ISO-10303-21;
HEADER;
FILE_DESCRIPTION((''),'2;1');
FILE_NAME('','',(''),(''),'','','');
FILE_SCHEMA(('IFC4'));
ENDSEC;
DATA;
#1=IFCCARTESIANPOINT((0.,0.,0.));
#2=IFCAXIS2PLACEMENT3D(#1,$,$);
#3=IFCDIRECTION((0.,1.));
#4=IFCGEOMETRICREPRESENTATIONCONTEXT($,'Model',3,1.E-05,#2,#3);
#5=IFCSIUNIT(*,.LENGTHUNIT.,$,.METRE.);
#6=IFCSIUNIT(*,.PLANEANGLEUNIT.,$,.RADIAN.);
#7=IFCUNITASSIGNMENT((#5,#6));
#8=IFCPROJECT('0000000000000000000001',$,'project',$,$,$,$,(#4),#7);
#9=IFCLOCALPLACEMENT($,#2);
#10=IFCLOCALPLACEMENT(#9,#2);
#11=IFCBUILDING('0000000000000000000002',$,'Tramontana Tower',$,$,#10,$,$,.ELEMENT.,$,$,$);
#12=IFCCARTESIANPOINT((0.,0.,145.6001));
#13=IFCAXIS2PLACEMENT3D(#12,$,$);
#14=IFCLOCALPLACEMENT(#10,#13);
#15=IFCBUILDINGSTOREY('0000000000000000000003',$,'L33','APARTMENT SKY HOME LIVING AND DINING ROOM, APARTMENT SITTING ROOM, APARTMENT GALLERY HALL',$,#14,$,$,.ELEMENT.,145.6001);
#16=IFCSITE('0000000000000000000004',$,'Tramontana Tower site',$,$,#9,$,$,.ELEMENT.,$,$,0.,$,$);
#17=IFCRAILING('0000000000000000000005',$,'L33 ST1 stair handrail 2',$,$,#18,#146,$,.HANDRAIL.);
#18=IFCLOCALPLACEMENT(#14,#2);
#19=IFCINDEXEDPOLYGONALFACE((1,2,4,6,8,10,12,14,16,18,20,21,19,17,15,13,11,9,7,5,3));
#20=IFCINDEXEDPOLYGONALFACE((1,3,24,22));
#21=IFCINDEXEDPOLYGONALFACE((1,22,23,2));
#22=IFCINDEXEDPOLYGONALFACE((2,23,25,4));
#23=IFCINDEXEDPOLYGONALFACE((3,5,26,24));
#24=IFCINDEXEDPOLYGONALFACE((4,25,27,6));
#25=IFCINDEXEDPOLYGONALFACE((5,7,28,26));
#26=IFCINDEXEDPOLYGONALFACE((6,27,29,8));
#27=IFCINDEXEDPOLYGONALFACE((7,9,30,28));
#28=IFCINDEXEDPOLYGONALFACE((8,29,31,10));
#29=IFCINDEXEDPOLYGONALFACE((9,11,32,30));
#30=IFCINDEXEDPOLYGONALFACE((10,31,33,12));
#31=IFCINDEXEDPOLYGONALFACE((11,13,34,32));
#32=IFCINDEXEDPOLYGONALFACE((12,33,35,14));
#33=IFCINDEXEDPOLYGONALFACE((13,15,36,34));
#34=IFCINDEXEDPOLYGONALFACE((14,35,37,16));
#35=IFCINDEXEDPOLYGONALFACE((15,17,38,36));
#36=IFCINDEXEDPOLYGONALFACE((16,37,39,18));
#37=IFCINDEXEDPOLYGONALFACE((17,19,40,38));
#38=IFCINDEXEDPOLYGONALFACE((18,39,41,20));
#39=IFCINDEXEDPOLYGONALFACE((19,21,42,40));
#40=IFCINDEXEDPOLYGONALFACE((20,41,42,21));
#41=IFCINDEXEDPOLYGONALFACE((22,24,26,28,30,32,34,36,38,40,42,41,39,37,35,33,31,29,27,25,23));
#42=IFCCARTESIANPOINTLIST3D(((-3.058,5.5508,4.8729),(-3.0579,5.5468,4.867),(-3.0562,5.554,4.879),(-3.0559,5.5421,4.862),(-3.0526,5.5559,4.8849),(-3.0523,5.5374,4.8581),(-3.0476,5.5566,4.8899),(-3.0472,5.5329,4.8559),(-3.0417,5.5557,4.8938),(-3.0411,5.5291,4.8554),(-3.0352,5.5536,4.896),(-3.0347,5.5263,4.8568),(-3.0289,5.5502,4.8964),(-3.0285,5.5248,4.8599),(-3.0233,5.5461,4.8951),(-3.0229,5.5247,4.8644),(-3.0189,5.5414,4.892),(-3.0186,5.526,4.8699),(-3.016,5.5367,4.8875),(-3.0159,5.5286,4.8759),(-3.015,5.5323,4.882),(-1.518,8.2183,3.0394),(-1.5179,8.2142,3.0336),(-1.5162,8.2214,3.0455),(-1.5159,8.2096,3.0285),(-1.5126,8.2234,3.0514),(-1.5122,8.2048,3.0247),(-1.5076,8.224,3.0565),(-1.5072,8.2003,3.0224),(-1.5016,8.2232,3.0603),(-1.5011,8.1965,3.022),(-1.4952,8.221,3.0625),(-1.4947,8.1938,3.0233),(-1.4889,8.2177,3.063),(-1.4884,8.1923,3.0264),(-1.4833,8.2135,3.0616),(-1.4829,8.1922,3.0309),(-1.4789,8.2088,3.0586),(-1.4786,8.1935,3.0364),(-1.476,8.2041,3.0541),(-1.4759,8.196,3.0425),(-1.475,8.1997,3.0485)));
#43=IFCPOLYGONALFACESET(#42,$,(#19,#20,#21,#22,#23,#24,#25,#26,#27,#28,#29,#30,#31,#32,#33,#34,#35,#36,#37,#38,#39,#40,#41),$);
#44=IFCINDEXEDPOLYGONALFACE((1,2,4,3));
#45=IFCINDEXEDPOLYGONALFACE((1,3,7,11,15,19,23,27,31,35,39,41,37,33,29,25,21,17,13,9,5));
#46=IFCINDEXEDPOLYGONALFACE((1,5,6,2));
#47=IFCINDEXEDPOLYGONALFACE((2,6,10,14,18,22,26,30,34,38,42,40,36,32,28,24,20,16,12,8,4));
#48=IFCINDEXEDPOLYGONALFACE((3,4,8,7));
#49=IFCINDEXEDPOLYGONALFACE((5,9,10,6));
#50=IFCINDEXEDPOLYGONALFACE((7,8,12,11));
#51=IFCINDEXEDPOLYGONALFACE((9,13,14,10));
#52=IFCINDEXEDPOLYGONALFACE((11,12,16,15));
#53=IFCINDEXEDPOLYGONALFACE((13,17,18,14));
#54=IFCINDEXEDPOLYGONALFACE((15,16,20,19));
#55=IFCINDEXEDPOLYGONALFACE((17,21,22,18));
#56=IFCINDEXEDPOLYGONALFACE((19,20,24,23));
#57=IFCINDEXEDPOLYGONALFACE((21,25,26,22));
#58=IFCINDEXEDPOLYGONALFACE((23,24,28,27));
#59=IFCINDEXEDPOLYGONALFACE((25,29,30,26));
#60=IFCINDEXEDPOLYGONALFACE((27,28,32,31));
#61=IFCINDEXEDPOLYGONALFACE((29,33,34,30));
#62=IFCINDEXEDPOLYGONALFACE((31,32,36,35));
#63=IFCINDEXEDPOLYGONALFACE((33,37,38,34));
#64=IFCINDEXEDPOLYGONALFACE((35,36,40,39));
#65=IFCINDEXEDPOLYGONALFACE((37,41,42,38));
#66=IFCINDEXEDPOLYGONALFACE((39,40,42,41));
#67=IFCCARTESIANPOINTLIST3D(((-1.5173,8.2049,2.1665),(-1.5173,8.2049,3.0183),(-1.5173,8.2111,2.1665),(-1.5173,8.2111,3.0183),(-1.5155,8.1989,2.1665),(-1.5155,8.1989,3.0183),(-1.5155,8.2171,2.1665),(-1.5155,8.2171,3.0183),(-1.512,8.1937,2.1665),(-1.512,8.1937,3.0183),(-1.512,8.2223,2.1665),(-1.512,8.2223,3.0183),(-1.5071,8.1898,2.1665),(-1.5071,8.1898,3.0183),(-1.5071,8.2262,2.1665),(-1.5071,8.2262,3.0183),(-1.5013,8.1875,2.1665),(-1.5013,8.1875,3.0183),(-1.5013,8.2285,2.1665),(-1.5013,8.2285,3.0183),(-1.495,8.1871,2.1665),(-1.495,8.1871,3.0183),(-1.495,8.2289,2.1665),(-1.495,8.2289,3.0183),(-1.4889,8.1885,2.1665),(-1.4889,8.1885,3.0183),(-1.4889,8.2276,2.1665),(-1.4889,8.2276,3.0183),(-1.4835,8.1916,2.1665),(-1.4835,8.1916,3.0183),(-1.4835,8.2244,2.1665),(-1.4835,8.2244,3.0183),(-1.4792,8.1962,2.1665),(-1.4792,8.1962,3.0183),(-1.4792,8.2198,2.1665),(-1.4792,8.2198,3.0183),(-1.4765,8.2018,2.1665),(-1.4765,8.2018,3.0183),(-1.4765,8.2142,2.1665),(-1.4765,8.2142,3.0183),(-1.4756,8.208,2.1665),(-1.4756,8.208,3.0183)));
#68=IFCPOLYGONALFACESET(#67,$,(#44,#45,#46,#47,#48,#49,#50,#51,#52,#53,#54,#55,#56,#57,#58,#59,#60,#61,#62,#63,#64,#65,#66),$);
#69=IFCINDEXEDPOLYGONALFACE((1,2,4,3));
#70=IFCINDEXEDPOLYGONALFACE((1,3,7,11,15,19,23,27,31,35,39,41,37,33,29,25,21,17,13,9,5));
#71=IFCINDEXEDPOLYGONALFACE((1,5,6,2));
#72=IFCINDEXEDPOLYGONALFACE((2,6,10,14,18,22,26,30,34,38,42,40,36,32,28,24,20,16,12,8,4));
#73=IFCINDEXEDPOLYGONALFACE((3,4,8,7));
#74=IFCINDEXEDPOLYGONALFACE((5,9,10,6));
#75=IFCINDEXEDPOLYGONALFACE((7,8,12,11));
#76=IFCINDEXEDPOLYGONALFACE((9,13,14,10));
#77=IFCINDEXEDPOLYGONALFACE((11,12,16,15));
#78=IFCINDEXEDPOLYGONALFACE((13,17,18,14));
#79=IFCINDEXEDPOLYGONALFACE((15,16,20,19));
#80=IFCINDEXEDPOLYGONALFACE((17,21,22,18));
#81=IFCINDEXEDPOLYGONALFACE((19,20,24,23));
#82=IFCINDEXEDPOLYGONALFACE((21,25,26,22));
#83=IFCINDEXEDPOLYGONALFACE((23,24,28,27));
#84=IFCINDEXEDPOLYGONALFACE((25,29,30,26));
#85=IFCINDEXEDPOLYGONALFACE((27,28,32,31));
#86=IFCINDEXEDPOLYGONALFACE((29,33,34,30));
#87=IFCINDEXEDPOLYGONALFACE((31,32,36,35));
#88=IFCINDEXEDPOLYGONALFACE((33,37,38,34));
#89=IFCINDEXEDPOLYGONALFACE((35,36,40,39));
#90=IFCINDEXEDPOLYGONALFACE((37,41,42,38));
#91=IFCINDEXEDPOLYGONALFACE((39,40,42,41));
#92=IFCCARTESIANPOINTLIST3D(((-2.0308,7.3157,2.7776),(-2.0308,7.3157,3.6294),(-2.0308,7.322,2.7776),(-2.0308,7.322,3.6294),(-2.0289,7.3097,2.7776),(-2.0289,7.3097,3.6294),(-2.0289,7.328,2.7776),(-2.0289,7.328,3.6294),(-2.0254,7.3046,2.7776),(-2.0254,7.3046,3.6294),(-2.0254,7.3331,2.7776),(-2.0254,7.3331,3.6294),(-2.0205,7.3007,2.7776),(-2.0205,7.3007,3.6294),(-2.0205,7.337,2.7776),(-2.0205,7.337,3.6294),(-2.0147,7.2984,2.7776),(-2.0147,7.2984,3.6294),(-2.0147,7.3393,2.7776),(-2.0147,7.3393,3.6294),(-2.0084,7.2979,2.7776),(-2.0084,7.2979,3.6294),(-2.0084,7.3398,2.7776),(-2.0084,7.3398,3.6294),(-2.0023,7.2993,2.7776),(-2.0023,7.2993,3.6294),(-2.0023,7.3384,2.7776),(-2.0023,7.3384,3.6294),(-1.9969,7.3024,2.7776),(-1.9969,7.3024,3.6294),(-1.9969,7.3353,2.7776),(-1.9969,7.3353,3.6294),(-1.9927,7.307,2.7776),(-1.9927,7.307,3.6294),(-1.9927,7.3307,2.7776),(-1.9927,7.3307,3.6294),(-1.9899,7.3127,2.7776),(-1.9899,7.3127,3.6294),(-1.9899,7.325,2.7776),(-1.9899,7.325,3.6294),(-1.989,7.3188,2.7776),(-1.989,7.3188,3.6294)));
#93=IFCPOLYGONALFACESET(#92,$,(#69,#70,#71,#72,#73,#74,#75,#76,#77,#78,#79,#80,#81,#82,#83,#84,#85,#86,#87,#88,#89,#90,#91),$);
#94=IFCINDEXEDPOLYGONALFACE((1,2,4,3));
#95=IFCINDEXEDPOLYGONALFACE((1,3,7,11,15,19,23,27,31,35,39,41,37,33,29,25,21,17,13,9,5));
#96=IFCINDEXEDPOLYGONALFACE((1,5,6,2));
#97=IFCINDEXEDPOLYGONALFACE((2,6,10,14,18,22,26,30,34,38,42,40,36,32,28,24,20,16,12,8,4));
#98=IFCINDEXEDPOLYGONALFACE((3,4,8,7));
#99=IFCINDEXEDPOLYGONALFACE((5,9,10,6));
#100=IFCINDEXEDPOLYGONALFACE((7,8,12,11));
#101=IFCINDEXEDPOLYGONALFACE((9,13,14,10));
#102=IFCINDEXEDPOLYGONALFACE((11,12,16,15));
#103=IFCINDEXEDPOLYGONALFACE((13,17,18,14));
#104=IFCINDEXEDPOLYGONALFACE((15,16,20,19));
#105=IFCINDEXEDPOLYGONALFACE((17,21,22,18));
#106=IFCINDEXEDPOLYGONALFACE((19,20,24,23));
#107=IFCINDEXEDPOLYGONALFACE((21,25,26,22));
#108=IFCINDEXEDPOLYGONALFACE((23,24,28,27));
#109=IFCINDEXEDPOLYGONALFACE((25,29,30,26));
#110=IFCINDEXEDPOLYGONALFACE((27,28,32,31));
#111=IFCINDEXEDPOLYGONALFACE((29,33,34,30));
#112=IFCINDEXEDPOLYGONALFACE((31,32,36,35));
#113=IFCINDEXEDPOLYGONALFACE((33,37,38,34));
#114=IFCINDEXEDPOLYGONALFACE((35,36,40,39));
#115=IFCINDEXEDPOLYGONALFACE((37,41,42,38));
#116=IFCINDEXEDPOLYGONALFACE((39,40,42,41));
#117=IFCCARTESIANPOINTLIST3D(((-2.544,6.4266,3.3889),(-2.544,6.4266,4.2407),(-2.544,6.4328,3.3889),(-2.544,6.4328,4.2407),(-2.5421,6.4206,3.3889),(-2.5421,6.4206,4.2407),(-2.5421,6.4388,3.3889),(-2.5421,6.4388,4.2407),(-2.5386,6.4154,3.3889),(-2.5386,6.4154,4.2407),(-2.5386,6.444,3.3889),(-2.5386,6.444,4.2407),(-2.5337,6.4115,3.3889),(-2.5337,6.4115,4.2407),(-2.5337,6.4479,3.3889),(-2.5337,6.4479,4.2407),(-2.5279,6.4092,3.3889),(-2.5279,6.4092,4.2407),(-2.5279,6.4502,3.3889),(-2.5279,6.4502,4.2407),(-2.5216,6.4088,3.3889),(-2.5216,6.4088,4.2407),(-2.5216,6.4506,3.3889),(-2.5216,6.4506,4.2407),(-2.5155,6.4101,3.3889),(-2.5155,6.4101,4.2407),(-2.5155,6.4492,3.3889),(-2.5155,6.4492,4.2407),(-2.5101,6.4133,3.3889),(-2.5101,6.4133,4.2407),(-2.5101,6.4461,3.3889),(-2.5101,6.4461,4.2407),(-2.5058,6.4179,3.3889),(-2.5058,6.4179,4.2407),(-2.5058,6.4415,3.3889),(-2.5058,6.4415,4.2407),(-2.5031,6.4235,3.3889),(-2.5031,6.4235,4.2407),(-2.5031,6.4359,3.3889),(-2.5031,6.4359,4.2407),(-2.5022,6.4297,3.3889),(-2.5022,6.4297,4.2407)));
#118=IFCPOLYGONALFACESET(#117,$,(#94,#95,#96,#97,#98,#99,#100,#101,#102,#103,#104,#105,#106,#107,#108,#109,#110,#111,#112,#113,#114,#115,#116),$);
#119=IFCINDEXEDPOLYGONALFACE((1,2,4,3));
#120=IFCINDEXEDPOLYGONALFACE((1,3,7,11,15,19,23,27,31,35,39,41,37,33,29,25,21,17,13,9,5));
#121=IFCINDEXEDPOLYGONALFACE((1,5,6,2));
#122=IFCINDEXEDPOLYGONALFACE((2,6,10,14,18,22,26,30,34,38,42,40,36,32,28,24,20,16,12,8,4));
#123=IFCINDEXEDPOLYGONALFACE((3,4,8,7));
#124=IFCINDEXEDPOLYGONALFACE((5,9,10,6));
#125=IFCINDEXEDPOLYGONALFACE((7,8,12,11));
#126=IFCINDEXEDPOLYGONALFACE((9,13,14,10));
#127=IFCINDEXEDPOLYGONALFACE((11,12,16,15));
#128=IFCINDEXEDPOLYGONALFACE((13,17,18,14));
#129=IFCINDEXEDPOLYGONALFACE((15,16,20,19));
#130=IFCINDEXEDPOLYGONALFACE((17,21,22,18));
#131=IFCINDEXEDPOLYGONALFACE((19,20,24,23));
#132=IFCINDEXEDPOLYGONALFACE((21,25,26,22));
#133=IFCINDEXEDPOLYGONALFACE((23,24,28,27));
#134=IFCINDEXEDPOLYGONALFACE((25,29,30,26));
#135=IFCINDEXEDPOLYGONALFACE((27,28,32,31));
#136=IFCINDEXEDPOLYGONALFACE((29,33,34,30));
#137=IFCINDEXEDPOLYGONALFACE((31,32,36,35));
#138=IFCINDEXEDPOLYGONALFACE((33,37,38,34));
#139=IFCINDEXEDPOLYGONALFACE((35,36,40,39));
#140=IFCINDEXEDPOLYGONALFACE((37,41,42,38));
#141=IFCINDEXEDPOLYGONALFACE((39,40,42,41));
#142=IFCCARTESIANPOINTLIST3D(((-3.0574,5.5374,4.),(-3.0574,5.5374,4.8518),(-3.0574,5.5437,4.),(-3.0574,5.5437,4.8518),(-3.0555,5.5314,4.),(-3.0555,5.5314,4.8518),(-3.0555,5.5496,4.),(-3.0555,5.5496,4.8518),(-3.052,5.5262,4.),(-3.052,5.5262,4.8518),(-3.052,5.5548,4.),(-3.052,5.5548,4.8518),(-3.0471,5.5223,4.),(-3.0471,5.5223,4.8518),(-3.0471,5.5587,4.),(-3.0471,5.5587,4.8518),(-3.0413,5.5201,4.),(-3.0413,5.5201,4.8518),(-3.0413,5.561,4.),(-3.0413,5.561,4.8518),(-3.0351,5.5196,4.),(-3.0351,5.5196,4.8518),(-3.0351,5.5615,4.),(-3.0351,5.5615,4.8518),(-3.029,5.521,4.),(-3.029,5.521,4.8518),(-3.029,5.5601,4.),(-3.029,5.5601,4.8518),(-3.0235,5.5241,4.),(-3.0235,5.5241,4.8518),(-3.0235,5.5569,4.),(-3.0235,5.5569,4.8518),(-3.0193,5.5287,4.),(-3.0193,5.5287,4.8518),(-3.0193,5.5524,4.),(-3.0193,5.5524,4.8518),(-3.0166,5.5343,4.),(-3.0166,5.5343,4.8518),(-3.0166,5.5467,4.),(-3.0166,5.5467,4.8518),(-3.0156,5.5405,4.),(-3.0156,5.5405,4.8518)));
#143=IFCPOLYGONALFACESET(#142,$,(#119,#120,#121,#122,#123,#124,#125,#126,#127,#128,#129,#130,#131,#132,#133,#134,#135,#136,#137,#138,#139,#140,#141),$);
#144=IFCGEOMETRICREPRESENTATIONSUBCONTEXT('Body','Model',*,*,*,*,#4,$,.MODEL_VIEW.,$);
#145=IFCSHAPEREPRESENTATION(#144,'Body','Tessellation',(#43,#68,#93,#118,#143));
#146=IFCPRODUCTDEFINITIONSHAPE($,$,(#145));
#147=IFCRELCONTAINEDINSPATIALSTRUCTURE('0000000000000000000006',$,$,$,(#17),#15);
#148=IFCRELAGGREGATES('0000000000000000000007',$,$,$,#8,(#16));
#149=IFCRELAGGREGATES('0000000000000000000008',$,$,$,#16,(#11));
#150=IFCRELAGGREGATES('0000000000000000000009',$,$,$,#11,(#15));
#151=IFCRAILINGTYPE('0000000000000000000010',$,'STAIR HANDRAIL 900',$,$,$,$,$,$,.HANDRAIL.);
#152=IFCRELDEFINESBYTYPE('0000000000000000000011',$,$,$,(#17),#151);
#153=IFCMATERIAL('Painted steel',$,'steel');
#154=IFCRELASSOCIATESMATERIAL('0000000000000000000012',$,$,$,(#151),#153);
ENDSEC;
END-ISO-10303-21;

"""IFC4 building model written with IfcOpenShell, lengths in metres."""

from ifc_helpers import new_model, si_unit, direction, frame, origin, origin_2d, place, context, subcontext, project, spatial, circle, extrude, material, type_object, element, save


model = new_model("IFC4")

# Units and contexts
model_context = context("Model", 3, precision=1e-05, world=origin(), true_north=direction((0.0, 1.0)))
body_context = subcontext(model_context, "Body", "Model", "MODEL_VIEW")
ifc_project = project(units=[si_unit("LENGTHUNIT", "METRE"), si_unit("PLANEANGLEUNIT", "RADIAN")], contexts=[model_context])

# Site, building, storey
site_placement = place(None, origin())
site = spatial("IfcSite", under=ifc_project, at=site_placement, Name="Tramontana Tower site", CompositionType="ELEMENT", RefElevation=0.0)
building_placement = place(site_placement, origin())
building = spatial("IfcBuilding", under=site, at=building_placement, Name="Tramontana Tower", CompositionType="ELEMENT")
storey_placement = place(building_placement, frame((0.0, 0.0, 145.6001)))
storey = spatial("IfcBuildingStorey", under=building, at=storey_placement, Name="L33", Description="APARTMENT SKY HOME LIVING AND DINING ROOM, APARTMENT SITTING ROOM, APARTMENT GALLERY HALL", CompositionType="ELEMENT", Elevation=145.6001)

# Railing
ifc_material_1 = material(Name="Painted steel", Category="steel")
railing_type_1 = type_object("IfcRailingType", Name="STAIR HANDRAIL 900", PredefinedType="HANDRAIL", material=ifc_material_1)
railing_1_placement = place(storey_placement, frame((-1.4966, 8.208, 2.1665)))
element("IfcRailing", 1, at=railing_1_placement, inside=storey, type_object=railing_type_1, Name="L33 ST1 stair handrail 2", PredefinedType="HANDRAIL", context=body_context, shape_type="SweptSolid", body=[
    extrude(circle(Radius=0.0239, at=origin_2d()), frame((0.0, 0.0, 0.876), z_axis=(-0.429634, -0.744164, 0.511502), x_axis=(0.86603, -0.499992, 0.0)), (0.0, 0.0, 1.0), 3.5845),
    extrude(circle(Radius=0.021, at=origin_2d()), origin(), (0.0, 0.0, 1.0), 0.8518),
    extrude(circle(Radius=0.021, at=origin_2d()), frame((-0.5134, -0.8892, 0.6111)), (0.0, 0.0, 1.0), 0.8518),
    extrude(circle(Radius=0.021, at=origin_2d()), frame((-1.0266, -1.7783, 1.2224)), (0.0, 0.0, 1.0), 0.8518),
    extrude(circle(Radius=0.021, at=origin_2d()), frame((-1.54, -2.6675, 1.8335)), (0.0, 0.0, 1.0), 0.8518),
])

save(model, "model.ifc")
